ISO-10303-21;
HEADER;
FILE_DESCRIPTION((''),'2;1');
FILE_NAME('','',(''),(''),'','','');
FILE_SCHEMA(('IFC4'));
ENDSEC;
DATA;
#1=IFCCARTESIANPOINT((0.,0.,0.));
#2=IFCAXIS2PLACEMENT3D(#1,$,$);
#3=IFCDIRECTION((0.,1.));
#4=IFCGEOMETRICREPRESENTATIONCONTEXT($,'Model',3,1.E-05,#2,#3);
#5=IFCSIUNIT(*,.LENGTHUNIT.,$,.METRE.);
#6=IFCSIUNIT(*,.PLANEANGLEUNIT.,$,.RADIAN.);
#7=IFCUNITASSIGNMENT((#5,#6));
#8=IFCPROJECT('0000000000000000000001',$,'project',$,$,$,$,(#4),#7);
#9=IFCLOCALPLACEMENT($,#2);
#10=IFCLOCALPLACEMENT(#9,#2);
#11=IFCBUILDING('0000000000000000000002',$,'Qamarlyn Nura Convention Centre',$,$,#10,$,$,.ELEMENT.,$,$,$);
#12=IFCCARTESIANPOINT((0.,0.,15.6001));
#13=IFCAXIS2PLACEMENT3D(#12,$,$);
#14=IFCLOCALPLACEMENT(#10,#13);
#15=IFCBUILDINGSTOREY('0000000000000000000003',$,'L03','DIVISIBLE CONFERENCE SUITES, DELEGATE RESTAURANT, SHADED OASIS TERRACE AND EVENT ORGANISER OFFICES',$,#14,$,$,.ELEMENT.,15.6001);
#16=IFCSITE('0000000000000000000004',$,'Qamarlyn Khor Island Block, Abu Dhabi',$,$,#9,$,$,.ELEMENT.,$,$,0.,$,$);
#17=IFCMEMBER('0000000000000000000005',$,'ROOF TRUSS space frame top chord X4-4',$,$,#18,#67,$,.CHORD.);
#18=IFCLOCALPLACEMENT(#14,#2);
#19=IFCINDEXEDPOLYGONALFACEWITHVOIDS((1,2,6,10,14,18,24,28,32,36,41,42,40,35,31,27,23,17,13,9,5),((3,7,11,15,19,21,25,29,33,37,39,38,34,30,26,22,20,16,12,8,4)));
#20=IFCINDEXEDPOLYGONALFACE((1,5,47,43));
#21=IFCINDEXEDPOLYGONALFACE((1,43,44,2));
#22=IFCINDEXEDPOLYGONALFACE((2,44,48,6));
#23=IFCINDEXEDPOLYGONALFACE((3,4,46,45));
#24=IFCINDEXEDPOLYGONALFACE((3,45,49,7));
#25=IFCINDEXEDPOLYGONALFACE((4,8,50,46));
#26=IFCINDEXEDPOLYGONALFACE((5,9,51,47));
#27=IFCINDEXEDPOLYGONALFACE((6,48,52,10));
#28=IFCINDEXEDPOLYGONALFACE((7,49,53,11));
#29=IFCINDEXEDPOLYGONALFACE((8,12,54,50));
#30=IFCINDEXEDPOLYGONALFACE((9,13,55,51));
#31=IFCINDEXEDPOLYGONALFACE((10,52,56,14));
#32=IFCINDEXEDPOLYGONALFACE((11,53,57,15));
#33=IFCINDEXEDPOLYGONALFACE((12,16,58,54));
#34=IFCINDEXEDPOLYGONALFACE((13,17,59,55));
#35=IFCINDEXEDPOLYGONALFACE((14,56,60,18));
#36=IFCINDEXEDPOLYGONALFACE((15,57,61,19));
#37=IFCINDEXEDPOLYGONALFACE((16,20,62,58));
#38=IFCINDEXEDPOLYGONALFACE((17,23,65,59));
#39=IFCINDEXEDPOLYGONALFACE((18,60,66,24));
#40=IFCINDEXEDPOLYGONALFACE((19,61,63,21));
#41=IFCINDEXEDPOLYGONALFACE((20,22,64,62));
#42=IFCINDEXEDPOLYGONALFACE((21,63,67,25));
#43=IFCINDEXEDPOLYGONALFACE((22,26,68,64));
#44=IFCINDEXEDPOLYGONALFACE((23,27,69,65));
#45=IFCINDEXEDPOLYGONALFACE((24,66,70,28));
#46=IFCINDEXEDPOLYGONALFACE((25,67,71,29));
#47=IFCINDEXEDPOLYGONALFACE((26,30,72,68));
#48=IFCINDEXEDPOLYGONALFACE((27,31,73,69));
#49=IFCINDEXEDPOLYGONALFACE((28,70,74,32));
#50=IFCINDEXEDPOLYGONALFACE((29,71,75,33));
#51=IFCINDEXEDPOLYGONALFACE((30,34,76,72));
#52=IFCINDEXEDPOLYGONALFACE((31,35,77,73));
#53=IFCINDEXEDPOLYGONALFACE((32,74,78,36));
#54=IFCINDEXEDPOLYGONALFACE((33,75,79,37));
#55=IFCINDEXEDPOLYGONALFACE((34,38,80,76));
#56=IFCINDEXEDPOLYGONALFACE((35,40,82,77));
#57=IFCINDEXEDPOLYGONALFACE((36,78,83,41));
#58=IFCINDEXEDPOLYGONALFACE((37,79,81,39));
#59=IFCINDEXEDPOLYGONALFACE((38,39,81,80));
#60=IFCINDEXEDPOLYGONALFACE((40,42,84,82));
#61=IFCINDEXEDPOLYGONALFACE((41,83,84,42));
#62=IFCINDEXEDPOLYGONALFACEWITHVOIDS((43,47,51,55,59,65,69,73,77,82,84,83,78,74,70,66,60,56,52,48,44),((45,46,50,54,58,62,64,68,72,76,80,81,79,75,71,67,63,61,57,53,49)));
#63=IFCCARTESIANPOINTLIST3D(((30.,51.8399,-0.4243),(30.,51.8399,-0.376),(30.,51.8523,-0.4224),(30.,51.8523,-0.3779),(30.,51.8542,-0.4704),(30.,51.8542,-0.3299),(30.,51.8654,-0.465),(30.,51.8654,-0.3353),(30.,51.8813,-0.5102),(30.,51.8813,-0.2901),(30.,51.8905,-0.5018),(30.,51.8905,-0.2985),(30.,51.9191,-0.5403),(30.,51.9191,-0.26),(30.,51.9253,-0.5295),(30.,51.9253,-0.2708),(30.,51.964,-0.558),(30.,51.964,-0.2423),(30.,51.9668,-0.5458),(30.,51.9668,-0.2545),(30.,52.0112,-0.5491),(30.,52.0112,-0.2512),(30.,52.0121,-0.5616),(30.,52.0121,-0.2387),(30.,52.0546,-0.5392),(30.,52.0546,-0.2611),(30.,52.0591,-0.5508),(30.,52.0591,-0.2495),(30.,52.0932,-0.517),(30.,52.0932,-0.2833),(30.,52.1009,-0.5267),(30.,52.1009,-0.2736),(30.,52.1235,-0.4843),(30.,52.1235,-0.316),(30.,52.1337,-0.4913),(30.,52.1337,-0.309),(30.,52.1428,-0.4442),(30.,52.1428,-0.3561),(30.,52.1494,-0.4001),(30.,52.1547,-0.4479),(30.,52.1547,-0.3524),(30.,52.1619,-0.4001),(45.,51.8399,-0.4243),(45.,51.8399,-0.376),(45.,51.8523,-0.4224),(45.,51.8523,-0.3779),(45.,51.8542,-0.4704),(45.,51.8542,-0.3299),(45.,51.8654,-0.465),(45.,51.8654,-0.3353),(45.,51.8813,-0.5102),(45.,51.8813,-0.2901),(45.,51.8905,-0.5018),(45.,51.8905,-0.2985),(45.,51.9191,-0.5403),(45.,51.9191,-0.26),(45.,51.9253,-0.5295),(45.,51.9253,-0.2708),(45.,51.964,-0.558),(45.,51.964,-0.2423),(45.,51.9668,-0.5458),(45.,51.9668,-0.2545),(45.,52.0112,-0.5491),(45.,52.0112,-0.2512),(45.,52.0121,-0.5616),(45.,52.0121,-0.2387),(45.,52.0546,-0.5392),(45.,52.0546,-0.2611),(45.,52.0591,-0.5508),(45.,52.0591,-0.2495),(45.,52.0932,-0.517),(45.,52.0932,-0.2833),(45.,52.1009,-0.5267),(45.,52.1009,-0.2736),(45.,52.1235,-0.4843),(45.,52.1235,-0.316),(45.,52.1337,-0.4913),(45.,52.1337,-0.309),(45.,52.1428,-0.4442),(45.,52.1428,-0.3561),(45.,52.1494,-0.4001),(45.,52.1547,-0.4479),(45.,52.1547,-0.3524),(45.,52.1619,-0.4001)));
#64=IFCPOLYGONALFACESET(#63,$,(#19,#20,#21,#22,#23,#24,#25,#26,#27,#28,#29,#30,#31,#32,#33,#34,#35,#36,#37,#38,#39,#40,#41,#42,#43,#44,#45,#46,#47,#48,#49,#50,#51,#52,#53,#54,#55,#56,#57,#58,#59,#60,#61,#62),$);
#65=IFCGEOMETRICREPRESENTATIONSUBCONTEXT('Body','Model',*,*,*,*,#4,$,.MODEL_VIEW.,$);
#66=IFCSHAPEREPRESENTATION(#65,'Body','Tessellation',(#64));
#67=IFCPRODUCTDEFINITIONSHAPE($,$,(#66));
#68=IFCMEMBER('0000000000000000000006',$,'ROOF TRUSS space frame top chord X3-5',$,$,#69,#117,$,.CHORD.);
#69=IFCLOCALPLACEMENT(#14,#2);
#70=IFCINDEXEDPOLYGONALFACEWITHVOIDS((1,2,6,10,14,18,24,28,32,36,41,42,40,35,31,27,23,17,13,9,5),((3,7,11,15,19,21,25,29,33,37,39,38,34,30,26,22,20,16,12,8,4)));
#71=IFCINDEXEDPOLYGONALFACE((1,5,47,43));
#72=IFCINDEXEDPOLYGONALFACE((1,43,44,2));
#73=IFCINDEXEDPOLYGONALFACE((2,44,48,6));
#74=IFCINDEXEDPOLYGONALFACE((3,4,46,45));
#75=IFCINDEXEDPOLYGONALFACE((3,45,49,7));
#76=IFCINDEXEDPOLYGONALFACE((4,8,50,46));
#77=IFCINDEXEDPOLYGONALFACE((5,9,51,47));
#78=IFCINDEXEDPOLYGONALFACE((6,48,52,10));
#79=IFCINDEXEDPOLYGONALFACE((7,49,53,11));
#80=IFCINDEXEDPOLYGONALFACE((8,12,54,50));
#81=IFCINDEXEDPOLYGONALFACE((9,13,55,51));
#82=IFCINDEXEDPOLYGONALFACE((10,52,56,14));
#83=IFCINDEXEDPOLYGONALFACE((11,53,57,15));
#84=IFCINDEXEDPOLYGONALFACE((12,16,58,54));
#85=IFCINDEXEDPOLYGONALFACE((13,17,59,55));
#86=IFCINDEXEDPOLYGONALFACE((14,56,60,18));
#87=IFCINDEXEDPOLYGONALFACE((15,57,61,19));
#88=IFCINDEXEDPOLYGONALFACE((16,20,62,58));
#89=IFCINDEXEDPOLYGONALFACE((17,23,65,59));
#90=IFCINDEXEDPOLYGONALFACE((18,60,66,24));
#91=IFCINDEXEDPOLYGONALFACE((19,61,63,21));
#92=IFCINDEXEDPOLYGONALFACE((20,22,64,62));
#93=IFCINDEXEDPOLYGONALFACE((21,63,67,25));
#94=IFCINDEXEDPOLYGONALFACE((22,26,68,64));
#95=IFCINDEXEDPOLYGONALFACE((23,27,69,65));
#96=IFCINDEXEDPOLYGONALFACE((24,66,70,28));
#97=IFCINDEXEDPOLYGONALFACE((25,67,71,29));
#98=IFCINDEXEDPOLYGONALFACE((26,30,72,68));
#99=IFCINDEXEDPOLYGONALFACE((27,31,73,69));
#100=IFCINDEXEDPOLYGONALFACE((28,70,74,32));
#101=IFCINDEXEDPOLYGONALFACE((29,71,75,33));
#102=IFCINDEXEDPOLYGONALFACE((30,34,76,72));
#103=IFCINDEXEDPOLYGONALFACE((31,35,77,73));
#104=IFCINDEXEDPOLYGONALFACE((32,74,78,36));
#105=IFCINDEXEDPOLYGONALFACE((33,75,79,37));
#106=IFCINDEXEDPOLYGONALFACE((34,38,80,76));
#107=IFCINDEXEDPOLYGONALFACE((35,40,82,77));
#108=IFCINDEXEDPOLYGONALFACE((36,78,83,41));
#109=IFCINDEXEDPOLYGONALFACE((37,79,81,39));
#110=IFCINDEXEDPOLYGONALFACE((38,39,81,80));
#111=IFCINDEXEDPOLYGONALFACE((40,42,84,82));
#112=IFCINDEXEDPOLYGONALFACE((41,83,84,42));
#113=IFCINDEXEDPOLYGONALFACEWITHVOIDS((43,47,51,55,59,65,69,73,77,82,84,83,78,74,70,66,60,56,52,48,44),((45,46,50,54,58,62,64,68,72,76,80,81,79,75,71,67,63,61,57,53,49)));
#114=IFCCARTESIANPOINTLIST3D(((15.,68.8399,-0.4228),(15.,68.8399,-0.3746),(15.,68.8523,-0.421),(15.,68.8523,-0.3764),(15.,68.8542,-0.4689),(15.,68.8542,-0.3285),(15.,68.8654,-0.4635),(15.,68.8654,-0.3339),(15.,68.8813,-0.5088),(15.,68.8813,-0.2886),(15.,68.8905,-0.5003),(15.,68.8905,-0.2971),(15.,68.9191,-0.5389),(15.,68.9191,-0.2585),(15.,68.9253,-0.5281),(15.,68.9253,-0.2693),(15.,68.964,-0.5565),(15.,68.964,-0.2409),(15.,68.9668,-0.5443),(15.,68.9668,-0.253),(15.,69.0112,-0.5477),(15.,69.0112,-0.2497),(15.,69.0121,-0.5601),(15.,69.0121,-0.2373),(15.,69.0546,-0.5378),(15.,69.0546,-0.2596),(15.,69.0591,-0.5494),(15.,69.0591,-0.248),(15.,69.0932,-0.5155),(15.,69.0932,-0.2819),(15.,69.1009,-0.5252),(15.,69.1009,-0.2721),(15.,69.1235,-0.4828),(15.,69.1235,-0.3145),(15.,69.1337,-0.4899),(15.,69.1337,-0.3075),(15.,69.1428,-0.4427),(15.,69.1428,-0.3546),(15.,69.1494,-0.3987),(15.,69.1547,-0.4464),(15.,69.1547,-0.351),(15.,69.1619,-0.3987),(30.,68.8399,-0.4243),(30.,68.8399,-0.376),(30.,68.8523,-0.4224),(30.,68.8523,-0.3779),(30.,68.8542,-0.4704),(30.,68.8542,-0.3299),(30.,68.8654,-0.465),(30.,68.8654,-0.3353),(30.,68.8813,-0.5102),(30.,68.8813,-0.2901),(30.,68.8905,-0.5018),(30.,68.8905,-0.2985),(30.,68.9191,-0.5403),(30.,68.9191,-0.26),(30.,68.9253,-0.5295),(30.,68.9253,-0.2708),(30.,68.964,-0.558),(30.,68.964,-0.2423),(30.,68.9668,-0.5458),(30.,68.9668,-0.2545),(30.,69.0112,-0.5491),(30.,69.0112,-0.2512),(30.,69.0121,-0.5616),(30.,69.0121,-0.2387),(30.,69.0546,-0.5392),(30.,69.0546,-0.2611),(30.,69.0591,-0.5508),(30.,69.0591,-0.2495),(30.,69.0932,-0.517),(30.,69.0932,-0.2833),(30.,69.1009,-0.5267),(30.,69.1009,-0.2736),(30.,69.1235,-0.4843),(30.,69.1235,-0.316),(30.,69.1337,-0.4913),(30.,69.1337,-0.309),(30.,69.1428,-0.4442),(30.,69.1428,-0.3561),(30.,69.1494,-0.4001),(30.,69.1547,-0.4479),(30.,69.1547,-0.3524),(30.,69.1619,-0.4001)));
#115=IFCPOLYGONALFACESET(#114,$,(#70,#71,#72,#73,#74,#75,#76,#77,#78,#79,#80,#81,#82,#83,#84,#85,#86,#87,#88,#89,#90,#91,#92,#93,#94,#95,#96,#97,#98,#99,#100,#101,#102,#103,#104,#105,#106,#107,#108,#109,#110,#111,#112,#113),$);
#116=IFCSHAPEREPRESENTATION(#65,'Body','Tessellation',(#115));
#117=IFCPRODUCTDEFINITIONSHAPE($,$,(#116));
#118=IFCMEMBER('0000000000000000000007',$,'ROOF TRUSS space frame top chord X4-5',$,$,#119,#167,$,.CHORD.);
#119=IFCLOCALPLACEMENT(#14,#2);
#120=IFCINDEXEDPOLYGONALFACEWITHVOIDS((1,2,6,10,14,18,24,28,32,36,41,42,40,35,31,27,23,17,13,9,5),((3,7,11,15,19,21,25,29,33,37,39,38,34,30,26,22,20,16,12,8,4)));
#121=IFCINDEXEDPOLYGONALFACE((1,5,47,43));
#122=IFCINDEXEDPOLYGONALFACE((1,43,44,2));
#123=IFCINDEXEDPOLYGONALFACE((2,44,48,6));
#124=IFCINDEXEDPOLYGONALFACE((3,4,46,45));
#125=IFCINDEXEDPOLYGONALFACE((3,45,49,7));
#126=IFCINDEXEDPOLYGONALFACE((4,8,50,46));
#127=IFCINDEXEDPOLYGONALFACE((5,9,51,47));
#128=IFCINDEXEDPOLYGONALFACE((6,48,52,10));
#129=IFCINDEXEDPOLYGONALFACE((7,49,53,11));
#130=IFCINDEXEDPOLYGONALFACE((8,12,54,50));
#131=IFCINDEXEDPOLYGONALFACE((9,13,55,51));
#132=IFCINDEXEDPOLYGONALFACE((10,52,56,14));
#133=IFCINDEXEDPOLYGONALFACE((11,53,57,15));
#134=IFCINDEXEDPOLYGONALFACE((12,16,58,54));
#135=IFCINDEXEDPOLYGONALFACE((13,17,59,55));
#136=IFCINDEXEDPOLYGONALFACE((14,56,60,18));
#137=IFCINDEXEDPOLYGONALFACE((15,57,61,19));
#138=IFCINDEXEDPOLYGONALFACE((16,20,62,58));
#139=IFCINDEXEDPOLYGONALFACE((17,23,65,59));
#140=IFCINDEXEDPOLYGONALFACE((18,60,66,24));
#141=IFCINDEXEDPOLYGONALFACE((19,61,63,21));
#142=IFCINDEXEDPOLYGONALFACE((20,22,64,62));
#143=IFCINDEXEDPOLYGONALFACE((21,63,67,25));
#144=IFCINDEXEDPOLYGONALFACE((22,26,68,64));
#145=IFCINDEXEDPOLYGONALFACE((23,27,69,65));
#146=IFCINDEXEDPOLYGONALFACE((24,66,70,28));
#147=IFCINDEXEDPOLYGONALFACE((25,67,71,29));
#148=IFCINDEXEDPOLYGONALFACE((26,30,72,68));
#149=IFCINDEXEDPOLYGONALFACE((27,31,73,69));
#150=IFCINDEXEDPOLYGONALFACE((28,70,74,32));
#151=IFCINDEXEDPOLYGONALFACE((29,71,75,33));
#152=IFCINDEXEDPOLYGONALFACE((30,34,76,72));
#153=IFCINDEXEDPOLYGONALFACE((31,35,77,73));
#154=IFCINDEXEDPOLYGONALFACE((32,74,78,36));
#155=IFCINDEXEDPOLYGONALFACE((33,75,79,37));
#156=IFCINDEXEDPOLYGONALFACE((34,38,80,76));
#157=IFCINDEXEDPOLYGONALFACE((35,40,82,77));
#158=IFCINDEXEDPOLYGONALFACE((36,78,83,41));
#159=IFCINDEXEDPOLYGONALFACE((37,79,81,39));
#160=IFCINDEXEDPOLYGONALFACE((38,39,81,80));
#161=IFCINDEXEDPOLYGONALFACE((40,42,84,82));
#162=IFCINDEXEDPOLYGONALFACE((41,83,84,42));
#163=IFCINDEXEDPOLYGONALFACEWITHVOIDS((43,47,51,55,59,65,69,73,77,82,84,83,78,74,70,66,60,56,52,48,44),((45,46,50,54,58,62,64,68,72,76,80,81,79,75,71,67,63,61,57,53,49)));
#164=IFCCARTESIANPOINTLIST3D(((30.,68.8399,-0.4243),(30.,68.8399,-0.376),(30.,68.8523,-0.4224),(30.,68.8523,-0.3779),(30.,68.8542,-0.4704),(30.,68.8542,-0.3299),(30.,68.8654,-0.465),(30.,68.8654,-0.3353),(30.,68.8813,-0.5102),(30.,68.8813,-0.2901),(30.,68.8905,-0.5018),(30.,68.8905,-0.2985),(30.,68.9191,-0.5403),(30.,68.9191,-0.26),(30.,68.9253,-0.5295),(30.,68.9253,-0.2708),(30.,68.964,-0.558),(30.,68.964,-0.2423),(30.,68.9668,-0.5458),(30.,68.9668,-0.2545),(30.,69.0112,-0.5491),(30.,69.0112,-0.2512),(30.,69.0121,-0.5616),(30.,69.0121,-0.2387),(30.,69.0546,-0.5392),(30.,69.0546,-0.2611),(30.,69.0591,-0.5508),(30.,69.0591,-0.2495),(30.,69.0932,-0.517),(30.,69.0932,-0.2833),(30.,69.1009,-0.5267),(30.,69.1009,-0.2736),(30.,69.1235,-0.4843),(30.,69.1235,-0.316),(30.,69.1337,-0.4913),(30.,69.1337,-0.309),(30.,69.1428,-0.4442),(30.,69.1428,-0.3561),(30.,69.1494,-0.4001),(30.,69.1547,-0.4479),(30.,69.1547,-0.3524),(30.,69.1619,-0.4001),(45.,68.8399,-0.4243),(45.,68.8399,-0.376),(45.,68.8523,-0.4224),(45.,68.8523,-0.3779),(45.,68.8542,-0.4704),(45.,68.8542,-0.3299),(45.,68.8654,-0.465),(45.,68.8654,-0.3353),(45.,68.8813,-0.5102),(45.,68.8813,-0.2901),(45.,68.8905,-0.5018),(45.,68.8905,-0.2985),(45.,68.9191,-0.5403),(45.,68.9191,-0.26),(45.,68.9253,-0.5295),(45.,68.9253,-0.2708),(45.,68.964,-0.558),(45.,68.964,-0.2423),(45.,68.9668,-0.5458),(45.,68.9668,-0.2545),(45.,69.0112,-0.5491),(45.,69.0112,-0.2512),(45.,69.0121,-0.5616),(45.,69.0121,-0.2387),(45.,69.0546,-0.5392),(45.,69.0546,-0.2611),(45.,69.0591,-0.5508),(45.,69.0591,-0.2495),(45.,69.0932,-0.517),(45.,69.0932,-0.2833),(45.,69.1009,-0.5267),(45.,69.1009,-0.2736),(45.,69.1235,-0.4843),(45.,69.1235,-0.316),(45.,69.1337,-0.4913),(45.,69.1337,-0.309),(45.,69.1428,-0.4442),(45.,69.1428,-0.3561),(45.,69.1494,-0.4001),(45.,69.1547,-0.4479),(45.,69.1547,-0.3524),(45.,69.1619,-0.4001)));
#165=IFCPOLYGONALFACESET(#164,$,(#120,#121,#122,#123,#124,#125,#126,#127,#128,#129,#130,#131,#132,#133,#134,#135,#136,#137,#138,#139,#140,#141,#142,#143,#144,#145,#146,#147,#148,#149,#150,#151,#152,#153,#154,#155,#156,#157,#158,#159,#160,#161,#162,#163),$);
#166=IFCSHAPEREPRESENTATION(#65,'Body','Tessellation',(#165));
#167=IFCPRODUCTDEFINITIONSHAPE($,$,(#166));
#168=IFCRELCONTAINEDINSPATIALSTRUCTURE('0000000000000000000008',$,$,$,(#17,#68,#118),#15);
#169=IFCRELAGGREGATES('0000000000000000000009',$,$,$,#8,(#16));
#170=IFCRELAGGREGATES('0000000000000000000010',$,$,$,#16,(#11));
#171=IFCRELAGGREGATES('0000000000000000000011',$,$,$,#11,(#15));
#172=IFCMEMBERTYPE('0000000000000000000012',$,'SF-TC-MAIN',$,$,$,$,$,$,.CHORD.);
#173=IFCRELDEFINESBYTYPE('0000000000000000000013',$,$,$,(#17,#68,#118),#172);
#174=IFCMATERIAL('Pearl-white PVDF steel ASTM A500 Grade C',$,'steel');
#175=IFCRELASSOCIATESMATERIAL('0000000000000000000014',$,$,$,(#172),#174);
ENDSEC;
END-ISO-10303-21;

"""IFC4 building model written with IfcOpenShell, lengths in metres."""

from ifc_helpers import new_model, si_unit, direction, frame, origin, origin_2d, place, context, subcontext, project, spatial, hollow_circle, extrude, material, material_profile, profile_set, type_object, element, save


model = new_model("IFC4")

# Units and contexts
model_context = context("Model", 3, precision=1e-05, world=origin(), true_north=direction((0.0, 1.0)))
body_context = subcontext(model_context, "Body", "Model", "MODEL_VIEW")
ifc_project = project(units=[si_unit("LENGTHUNIT", "METRE"), si_unit("PLANEANGLEUNIT", "RADIAN")], contexts=[model_context])

# Site, building, storey
site_placement = place(None, origin())
site = spatial("IfcSite", under=ifc_project, at=site_placement, Name="Qamarlyn Khor Island Block, Abu Dhabi", CompositionType="ELEMENT", RefElevation=0.0)
building_placement = place(site_placement, origin())
building = spatial("IfcBuilding", under=site, at=building_placement, Name="Qamarlyn Nura Convention Centre", CompositionType="ELEMENT")
storey_placement = place(building_placement, frame((0.0, 0.0, 15.6001)))
storey = spatial("IfcBuildingStorey", under=building, at=storey_placement, Name="L03", Description="DIVISIBLE CONFERENCE SUITES, DELEGATE RESTAURANT, SHADED OASIS TERRACE AND EVENT ORGANISER OFFICES", CompositionType="ELEMENT", Elevation=15.6001)

# Members
ifc_material_1 = material(Name="Pearl-white PVDF steel ASTM A500 Grade C", Category="steel")
ifc_material_profile_1 = material_profile(ifc_material_1, hollow_circle(Radius=0.1619, WallThickness=0.0125, at=origin_2d()), Name="CHS323.9X12.5")
ifc_profile_set_1 = profile_set([ifc_material_profile_1], Name="Pearl-white PVDF steel ASTM A500 Grade C")
member_type_1 = type_object("IfcMemberType", Name="SF-TC-MAIN", PredefinedType="CHORD", material=ifc_profile_set_1)
for number, where, z_axis, x_axis, name in (
    (1, (30.0, 52.0, -0.4001), (1.0, 0.0, 0.0), (0.0, 1.0, 0.0), "ROOF TRUSS space frame top chord X4-4"),
    (2, (15.0, 69.0, -0.3987), (1.0, 0.0, -0.000098), (0.0, 1.0, 0.0), "ROOF TRUSS space frame top chord X3-5"),
    (3, (30.0, 69.0, -0.4001), (1.0, 0.0, 0.0), (0.0, 1.0, 0.0), "ROOF TRUSS space frame top chord X4-5"),
):
    element("IfcMember", number, at=place(storey_placement, frame(where, z_axis=z_axis, x_axis=x_axis)), inside=storey, type_object=member_type_1, Name=name, PredefinedType="CHORD", context=body_context, shape_type="SweptSolid", body=[
        extrude(hollow_circle(Radius=0.1619, WallThickness=0.0125, at=origin_2d()), origin(), (0.0, 0.0, 1.0), 15.0),
    ])

save(model, "model.ifc")
